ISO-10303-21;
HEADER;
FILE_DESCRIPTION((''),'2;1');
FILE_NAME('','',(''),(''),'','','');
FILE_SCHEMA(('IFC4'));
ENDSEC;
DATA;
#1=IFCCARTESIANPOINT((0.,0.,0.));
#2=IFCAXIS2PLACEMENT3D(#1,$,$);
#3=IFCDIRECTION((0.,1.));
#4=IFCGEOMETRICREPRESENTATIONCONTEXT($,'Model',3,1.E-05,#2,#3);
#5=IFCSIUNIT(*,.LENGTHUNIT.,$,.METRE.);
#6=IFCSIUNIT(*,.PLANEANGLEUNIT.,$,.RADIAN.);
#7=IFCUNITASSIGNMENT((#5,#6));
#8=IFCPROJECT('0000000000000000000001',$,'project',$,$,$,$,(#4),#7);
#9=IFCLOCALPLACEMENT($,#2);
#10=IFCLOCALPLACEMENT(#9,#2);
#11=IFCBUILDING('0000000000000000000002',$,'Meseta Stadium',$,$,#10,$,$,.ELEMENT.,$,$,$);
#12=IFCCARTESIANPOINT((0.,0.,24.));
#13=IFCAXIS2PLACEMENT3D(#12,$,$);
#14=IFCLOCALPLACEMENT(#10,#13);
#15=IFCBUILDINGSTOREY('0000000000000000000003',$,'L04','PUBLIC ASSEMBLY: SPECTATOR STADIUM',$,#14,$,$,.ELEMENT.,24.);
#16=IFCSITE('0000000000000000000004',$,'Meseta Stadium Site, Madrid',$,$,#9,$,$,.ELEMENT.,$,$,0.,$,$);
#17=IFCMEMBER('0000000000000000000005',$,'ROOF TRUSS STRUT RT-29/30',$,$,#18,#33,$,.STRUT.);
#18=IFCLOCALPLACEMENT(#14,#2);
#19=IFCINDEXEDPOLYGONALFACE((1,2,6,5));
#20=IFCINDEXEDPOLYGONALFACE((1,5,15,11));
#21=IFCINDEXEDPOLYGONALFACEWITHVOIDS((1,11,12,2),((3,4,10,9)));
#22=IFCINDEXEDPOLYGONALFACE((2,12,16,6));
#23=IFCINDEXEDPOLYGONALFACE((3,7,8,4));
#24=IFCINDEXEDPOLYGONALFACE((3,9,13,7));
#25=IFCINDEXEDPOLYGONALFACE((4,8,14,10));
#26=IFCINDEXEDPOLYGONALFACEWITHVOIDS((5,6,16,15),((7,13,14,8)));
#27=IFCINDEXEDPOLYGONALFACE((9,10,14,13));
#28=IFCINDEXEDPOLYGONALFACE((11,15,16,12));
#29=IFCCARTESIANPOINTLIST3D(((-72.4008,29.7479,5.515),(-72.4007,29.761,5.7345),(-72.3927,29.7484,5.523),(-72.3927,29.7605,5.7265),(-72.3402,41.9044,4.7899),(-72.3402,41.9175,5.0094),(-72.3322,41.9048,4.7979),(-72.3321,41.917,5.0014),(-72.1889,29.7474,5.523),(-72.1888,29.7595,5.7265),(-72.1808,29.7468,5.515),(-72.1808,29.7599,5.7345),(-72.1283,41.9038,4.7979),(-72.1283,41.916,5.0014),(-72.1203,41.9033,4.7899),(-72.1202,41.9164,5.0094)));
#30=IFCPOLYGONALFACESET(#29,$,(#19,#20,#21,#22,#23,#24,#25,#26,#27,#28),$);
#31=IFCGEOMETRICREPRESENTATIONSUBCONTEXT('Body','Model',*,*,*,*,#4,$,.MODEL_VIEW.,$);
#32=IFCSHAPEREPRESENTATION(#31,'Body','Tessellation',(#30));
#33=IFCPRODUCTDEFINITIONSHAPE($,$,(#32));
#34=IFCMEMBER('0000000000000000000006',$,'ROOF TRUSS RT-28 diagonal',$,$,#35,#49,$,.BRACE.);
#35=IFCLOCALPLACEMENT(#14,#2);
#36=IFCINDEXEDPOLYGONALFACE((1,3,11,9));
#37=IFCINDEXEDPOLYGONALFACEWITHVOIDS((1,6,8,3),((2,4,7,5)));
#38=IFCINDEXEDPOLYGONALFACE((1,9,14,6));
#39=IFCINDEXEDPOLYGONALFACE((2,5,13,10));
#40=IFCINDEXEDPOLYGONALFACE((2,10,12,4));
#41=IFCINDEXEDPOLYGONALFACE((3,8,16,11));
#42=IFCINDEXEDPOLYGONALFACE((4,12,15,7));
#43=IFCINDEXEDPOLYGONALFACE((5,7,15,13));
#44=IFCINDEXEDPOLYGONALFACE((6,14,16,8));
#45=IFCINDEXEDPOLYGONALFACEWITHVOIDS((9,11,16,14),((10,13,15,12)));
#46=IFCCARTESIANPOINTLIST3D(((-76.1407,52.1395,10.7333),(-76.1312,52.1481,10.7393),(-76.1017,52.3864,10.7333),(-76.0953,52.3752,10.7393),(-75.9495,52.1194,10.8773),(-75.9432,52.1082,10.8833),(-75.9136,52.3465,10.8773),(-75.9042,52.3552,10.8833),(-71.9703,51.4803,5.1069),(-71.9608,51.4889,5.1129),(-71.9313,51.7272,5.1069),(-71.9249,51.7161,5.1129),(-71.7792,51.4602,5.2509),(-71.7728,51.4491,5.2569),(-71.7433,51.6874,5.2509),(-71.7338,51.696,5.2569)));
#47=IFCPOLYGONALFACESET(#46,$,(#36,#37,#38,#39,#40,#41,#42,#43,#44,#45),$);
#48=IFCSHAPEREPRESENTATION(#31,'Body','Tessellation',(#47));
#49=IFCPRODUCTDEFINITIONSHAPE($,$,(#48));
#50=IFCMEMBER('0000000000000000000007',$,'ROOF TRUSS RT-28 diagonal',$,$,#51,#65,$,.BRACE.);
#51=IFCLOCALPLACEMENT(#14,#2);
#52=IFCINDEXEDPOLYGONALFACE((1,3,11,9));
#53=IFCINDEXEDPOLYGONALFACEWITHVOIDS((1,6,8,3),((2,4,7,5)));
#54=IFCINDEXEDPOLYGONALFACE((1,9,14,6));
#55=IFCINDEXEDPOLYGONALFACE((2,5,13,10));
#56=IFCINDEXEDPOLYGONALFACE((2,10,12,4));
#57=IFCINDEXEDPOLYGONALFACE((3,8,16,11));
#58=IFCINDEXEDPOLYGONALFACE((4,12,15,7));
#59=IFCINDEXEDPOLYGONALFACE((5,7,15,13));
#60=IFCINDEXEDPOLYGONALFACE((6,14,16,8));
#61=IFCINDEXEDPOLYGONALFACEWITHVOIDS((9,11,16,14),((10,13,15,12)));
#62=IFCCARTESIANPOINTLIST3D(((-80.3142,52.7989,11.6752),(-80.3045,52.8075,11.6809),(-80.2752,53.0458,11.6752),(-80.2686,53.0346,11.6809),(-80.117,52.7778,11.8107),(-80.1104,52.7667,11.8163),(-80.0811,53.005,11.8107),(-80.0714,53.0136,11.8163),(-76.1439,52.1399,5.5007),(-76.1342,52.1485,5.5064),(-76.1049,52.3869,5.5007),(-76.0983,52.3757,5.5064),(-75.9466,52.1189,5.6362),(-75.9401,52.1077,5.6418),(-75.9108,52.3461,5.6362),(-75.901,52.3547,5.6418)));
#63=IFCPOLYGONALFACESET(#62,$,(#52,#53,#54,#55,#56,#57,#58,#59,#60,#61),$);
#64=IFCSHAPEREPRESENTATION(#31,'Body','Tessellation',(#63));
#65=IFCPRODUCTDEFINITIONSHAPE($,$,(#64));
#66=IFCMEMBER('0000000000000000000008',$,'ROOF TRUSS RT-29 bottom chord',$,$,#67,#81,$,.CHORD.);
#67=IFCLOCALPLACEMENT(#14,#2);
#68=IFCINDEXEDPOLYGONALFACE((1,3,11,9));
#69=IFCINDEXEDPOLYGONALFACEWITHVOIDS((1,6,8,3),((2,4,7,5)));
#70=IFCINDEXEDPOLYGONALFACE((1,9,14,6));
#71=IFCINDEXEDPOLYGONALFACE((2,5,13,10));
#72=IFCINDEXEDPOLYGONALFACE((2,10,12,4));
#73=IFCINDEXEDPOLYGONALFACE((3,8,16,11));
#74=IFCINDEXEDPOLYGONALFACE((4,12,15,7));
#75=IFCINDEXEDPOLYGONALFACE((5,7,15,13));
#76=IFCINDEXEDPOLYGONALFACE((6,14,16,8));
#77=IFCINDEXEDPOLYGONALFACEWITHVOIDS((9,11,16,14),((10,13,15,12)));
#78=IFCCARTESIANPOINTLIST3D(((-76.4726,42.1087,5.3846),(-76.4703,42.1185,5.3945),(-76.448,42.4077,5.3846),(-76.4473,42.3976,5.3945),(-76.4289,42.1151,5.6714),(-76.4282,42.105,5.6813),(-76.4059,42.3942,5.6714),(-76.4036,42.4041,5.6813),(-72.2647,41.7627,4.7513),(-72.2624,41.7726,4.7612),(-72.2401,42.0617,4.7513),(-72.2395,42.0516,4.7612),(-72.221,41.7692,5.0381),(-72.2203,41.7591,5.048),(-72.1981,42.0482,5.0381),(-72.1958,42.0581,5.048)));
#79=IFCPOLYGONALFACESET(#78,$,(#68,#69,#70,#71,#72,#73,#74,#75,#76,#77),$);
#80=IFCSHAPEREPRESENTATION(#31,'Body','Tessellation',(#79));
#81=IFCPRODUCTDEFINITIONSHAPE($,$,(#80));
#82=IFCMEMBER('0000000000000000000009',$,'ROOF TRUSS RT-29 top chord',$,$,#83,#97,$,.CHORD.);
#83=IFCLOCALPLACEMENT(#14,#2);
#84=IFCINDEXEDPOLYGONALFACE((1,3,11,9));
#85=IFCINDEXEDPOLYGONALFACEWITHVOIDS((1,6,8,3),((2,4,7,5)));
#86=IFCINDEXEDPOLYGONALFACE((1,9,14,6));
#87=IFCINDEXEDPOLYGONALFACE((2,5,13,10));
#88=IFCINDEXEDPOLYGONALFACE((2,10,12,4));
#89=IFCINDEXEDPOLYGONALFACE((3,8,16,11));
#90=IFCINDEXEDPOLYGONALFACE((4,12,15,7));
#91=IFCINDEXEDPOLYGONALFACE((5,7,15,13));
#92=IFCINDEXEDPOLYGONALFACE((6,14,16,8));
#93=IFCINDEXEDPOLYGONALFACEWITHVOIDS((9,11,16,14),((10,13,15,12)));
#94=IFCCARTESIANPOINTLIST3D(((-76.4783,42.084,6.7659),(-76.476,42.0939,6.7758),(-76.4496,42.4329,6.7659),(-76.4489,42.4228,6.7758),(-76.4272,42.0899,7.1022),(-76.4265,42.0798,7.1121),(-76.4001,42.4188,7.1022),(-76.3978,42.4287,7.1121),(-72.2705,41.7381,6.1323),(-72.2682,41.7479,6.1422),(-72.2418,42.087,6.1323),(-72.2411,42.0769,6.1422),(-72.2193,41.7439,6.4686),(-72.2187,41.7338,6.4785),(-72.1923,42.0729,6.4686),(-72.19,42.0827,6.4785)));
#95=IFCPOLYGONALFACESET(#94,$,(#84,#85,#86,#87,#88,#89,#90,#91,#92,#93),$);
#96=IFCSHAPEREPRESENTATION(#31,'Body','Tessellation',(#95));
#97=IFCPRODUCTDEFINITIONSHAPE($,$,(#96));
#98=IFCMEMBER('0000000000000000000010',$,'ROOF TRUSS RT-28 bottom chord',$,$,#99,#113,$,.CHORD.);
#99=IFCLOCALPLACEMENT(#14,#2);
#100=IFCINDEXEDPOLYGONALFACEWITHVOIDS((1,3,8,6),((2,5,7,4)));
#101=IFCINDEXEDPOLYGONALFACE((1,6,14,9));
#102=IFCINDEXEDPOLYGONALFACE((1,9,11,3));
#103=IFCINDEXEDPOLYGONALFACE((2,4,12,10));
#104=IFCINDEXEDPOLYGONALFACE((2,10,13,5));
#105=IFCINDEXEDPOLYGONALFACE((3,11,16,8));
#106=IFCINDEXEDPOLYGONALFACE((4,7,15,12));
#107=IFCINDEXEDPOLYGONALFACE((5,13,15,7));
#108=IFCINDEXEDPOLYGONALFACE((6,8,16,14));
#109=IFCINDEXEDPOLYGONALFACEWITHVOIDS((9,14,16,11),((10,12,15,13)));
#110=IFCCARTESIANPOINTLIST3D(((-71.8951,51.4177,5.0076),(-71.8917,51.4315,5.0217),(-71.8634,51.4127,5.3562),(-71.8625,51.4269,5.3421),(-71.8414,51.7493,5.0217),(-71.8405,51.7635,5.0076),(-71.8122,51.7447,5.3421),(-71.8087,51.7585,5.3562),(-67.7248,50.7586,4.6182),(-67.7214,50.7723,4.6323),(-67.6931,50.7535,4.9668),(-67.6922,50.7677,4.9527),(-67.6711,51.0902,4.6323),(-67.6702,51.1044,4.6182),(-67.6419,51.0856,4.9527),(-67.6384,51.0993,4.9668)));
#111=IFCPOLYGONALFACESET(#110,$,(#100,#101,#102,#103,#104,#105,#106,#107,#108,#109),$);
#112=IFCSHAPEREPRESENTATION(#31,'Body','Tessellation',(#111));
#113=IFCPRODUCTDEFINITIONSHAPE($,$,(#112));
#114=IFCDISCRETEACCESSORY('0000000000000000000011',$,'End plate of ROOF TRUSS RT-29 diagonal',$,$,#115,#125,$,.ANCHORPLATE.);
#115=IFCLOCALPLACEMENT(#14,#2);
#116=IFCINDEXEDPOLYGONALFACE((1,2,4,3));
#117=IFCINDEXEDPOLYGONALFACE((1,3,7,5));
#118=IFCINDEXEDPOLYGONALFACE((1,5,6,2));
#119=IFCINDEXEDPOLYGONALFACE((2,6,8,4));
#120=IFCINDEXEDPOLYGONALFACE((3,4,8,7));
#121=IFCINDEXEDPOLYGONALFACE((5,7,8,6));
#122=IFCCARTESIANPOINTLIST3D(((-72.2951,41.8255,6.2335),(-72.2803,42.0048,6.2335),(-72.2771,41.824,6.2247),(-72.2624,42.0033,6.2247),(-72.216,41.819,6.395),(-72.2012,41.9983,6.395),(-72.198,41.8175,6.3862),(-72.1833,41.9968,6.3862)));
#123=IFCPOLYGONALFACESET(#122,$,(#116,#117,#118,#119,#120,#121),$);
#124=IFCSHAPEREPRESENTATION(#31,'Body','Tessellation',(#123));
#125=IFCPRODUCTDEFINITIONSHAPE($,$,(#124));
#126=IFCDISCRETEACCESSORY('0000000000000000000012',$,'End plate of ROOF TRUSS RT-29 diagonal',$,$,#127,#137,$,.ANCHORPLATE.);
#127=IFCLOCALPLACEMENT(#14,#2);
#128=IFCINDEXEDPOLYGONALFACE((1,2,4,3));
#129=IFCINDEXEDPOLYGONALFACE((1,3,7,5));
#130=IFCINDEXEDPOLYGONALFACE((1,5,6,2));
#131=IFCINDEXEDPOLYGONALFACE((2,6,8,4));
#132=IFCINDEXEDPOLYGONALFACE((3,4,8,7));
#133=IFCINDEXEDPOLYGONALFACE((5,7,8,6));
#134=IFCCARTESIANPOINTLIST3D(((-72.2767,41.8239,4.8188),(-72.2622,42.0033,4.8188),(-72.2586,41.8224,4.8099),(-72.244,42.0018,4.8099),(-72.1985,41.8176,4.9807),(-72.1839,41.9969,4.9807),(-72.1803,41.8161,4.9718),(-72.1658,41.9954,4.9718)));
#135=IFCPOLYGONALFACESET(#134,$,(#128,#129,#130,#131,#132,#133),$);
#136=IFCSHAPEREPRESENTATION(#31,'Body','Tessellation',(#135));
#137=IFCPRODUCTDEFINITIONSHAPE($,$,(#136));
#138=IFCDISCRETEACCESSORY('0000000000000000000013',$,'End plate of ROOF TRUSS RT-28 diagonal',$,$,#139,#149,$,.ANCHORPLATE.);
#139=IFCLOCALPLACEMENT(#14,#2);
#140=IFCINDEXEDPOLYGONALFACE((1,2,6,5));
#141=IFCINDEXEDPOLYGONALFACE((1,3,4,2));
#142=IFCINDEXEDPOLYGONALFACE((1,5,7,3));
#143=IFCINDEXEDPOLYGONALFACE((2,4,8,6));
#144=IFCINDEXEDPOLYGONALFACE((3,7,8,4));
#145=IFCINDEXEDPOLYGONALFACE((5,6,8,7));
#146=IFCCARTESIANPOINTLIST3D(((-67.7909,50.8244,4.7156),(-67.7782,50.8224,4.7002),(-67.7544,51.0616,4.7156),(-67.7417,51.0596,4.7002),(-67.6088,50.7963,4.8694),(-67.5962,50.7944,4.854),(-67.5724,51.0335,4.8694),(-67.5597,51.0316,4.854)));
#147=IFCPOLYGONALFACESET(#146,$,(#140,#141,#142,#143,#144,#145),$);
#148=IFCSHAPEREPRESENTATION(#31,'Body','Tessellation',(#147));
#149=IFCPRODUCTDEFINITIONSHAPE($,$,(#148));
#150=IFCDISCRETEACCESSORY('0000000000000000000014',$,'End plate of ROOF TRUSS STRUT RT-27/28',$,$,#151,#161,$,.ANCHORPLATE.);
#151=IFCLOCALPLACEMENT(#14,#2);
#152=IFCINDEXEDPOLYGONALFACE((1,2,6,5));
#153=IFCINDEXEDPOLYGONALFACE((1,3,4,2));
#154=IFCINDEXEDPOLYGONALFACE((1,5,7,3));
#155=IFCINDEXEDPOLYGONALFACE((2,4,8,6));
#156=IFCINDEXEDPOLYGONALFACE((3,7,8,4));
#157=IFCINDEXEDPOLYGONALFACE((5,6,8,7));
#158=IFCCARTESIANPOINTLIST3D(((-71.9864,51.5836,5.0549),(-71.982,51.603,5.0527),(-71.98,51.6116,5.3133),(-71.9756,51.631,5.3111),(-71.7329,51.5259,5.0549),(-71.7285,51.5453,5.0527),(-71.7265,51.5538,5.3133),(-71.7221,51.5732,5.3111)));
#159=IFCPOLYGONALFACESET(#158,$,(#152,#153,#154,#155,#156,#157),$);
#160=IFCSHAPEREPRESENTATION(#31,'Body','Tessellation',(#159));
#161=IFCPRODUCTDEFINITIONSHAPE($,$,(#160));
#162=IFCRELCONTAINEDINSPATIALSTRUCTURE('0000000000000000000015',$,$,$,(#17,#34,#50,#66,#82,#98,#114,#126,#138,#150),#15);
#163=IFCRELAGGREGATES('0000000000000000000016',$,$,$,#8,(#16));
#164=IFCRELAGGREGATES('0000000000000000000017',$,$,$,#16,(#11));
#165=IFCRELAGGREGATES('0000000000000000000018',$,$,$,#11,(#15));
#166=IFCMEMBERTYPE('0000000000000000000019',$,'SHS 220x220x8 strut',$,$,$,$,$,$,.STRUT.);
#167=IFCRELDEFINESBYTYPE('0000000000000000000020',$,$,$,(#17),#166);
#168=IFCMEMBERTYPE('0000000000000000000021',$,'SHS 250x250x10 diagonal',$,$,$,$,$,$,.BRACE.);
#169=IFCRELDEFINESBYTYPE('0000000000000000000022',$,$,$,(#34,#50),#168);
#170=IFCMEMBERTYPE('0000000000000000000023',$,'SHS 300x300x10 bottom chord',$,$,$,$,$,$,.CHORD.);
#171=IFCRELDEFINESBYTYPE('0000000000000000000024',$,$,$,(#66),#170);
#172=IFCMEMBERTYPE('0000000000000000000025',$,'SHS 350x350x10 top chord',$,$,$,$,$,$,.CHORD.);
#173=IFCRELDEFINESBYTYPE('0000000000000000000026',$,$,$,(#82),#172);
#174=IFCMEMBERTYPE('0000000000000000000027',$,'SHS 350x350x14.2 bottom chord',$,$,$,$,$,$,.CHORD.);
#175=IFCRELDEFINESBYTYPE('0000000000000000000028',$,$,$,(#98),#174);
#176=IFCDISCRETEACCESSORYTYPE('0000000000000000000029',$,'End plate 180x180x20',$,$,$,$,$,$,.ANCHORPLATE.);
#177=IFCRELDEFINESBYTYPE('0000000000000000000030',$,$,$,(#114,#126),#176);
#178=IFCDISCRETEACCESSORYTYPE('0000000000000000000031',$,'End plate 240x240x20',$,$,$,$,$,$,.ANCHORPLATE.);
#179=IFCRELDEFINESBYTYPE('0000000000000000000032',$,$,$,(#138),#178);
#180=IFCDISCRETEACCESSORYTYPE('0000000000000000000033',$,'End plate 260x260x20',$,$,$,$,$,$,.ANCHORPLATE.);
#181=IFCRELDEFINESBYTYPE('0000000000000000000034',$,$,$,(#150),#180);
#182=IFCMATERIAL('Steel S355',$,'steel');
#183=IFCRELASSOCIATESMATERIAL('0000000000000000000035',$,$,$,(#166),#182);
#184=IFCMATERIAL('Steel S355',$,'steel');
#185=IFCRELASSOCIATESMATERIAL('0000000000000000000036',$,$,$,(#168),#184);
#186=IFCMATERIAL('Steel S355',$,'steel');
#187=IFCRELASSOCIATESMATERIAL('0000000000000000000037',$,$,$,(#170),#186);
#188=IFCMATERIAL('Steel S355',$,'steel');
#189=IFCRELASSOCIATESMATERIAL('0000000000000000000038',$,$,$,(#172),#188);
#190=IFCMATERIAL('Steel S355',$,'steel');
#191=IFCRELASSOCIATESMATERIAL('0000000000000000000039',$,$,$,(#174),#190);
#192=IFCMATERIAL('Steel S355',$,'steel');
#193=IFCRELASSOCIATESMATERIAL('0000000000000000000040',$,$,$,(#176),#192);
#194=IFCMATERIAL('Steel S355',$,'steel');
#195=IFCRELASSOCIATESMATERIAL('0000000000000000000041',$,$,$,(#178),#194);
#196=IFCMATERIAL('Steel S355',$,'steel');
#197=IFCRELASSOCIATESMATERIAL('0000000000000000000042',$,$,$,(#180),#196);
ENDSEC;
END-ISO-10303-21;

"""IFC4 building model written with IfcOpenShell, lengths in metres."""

from ifc_helpers import new_model, si_unit, direction, frame, origin, origin_2d, place, context, subcontext, project, spatial, rectangle, hollow_rectangle, extrude, material, material_profile, profile_set, type_object, element, save


model = new_model("IFC4")

# Units and contexts
model_context = context("Model", 3, precision=1e-05, world=origin(), true_north=direction((0.0, 1.0)))
body_context = subcontext(model_context, "Body", "Model", "MODEL_VIEW")
ifc_project = project(units=[si_unit("LENGTHUNIT", "METRE"), si_unit("PLANEANGLEUNIT", "RADIAN")], contexts=[model_context])

# Site, building, storey
site_placement = place(None, origin())
site = spatial("IfcSite", under=ifc_project, at=site_placement, Name="Meseta Stadium Site, Madrid", CompositionType="ELEMENT", RefElevation=0.0)
building_placement = place(site_placement, origin())
building = spatial("IfcBuilding", under=site, at=building_placement, Name="Meseta Stadium", CompositionType="ELEMENT")
storey_placement = place(building_placement, frame((0.0, 0.0, 24.0)))
storey = spatial("IfcBuildingStorey", under=building, at=storey_placement, Name="L04", Description="PUBLIC ASSEMBLY: SPECTATOR STADIUM", CompositionType="ELEMENT", Elevation=24.0)

# Members
ifc_material_1 = material(Name="Steel S355", Category="steel")
ifc_material_profile_1 = material_profile(ifc_material_1, hollow_rectangle(XDim=0.22, YDim=0.22, WallThickness=0.0081, at=origin_2d()), Name="SHS 220x220x8")
ifc_profile_set_1 = profile_set([ifc_material_profile_1], Name="Steel S355")
member_type_1 = type_object("IfcMemberType", Name="SHS 220x220x8 strut", PredefinedType="STRUT", material=ifc_profile_set_1)
member_1_placement = place(storey_placement, frame((-72.2302, 41.9104, 4.8997), z_axis=(-0.004972, -0.998214, 0.05954), x_axis=(0.999988, -0.004981, 0.0)))
element("IfcMember", 1, at=member_1_placement, inside=storey, type_object=member_type_1, Name="ROOF TRUSS STRUT RT-29/30", PredefinedType="STRUT", context=body_context, shape_type="SweptSolid", body=[
    extrude(hollow_rectangle(XDim=0.22, YDim=0.22, WallThickness=0.0081, at=origin_2d()), origin(), (0.0, 0.0, 1.0), 12.1782),
])
ifc_material_2 = material(Name="Steel S355", Category="steel")
ifc_material_profile_2 = material_profile(ifc_material_2, hollow_rectangle(XDim=0.25, YDim=0.25, WallThickness=0.01, at=origin_2d()), Name="SHS 250x250x10")
ifc_profile_set_2 = profile_set([ifc_material_profile_2], Name="Steel S355")
member_type_2 = type_object("IfcMemberType", Name="SHS 250x250x10 diagonal", PredefinedType="BRACE", material=ifc_profile_set_2)
member_2_placement = place(storey_placement, frame((-71.8521, 51.5881, 5.1819), z_axis=(-0.592852, 0.093707, 0.799841), x_axis=(-0.156123, -0.987738, 0.0)))
element("IfcMember", 2, at=member_2_placement, inside=storey, type_object=member_type_2, Name="ROOF TRUSS RT-28 diagonal", PredefinedType="BRACE", context=body_context, shape_type="SweptSolid", body=[
    extrude(hollow_rectangle(XDim=0.25, YDim=0.25, WallThickness=0.01, at=origin_2d()), origin(), (0.0, 0.0, 1.0), 7.0344),
])
member_3_placement = place(storey_placement, frame((-76.0225, 52.2473, 5.5713), z_axis=(-0.557535, 0.088092, 0.825466), x_axis=(-0.156066, -0.987747, 0.0)))
element("IfcMember", 3, at=member_3_placement, inside=storey, type_object=member_type_2, Name="ROOF TRUSS RT-28 diagonal", PredefinedType="BRACE", context=body_context, shape_type="SweptSolid", body=[
    extrude(hollow_rectangle(XDim=0.25, YDim=0.25, WallThickness=0.01, at=origin_2d()), origin(), (0.0, 0.0, 1.0), 7.48),
])
ifc_material_3 = material(Name="Steel S355", Category="steel")
ifc_material_profile_3 = material_profile(ifc_material_3, hollow_rectangle(XDim=0.3, YDim=0.3, WallThickness=0.01, at=origin_2d()), Name="SHS 300x300x10")
ifc_profile_set_3 = profile_set([ifc_material_profile_3], Name="Steel S355")
member_type_3 = type_object("IfcMemberType", Name="SHS 300x300x10 bottom chord", PredefinedType="CHORD", material=ifc_profile_set_3)
member_4_placement = place(storey_placement, frame((-72.2302, 41.9104, 4.8997), z_axis=(-0.985611, 0.081033, 0.148342), x_axis=(-0.08194, -0.996637, 0.0)))
element("IfcMember", 4, at=member_4_placement, inside=storey, type_object=member_type_3, Name="ROOF TRUSS RT-29 bottom chord", PredefinedType="CHORD", context=body_context, shape_type="SweptSolid", body=[
    extrude(hollow_rectangle(XDim=0.3, YDim=0.3, WallThickness=0.01, at=origin_2d()), origin(), (0.0, 0.0, 1.0), 4.2693),
])
ifc_material_4 = material(Name="Steel S355", Category="steel")
ifc_material_profile_4 = material_profile(ifc_material_4, hollow_rectangle(XDim=0.3501, YDim=0.3501, WallThickness=0.01, at=origin_2d()), Name="SHS 350x350x10")
ifc_profile_set_4 = profile_set([ifc_material_profile_4], Name="Steel S355")
member_type_4 = type_object("IfcMemberType", Name="SHS 350x350x10 top chord", PredefinedType="CHORD", material=ifc_profile_set_4)
member_5_placement = place(storey_placement, frame((-72.2302, 41.9104, 6.3054), z_axis=(-0.985602, 0.081033, 0.148398), x_axis=(-0.08194, -0.996637, 0.0)))
element("IfcMember", 5, at=member_5_placement, inside=storey, type_object=member_type_4, Name="ROOF TRUSS RT-29 top chord", PredefinedType="CHORD", context=body_context, shape_type="SweptSolid", body=[
    extrude(hollow_rectangle(XDim=0.3501, YDim=0.3501, WallThickness=0.01, at=origin_2d()), origin(), (0.0, 0.0, 1.0), 4.2693),
])
ifc_material_5 = material(Name="Steel S355", Category="steel")
ifc_material_profile_5 = material_profile(ifc_material_5, hollow_rectangle(XDim=0.3501, YDim=0.3501, WallThickness=0.0142, at=origin_2d()), Name="SHS 350x350x14.2")
ifc_profile_set_5 = profile_set([ifc_material_profile_5], Name="Steel S355")
member_type_5 = type_object("IfcMemberType", Name="SHS 350x350x14.2 bottom chord", PredefinedType="CHORD", material=ifc_profile_set_5)
member_6_placement = place(storey_placement, frame((-67.6816, 50.929, 4.7925), z_axis=(-0.983563, 0.155463, 0.091838), x_axis=(-0.156123, -0.987738, 0.0)))
element("IfcMember", 6, at=member_6_placement, inside=storey, type_object=member_type_5, Name="ROOF TRUSS RT-28 bottom chord", PredefinedType="CHORD", context=body_context, shape_type="SweptSolid", body=[
    extrude(hollow_rectangle(XDim=0.3501, YDim=0.3501, WallThickness=0.0142, at=origin_2d()), origin(), (0.0, 0.0, 1.0), 4.24),
])

# Discrete accessories
ifc_material_6 = material(Name="Steel S355", Category="steel")
ifc_material_profile_6 = material_profile(ifc_material_6, rectangle(XDim=0.1799, YDim=0.1799, at=origin_2d()), Name="PL 180x180")
ifc_profile_set_6 = profile_set([ifc_material_profile_6], Name="Steel S355")
discrete_accessory_type_1 = type_object("IfcDiscreteAccessoryType", Name="End plate 180x180x20", PredefinedType="ANCHORPLATE", material=ifc_profile_set_6)
discrete_accessory_1_placement = place(storey_placement, frame((-72.2302, 41.9104, 6.3054), z_axis=(-0.894444, 0.073516, 0.441096), x_axis=(-0.081916, -0.996639, 0.0)))
element("IfcDiscreteAccessory", 7, at=discrete_accessory_1_placement, inside=storey, type_object=discrete_accessory_type_1, Name="End plate of ROOF TRUSS RT-29 diagonal", PredefinedType="ANCHORPLATE", context=body_context, shape_type="SweptSolid", body=[
    extrude(rectangle(XDim=0.1799, YDim=0.1799, at=origin_2d()), origin(), (0.0, 0.0, 1.0), 0.02),
])
discrete_accessory_2_placement = place(storey_placement, frame((-72.2122, 41.9089, 4.8909), z_axis=(-0.896854, 0.072718, 0.436308), x_axis=(-0.080816, -0.996729, 0.0)))
element("IfcDiscreteAccessory", 8, at=discrete_accessory_2_placement, inside=storey, type_object=discrete_accessory_type_1, Name="End plate of ROOF TRUSS RT-29 diagonal", PredefinedType="ANCHORPLATE", context=body_context, shape_type="SweptSolid", body=[
    extrude(rectangle(XDim=0.1799, YDim=0.1799, at=origin_2d()), origin(), (0.0, 0.0, 1.0), 0.0203),
])
ifc_material_7 = material(Name="Steel S355", Category="steel")
ifc_material_profile_7 = material_profile(ifc_material_7, rectangle(XDim=0.24, YDim=0.24, at=origin_2d()), Name="PL 240x240")
ifc_profile_set_7 = profile_set([ifc_material_profile_7], Name="Steel S355")
discrete_accessory_type_2 = type_object("IfcDiscreteAccessoryType", Name="End plate 240x240x20", PredefinedType="ANCHORPLATE", material=ifc_profile_set_7)
discrete_accessory_3_placement = place(storey_placement, frame((-67.6689, 50.927, 4.7771), z_axis=(-0.633534, 0.097467, 0.767551), x_axis=(-0.152057, -0.988372, 0.0)))
element("IfcDiscreteAccessory", 9, at=discrete_accessory_3_placement, inside=storey, type_object=discrete_accessory_type_2, Name="End plate of ROOF TRUSS RT-28 diagonal", PredefinedType="ANCHORPLATE", context=body_context, shape_type="SweptSolid", body=[
    extrude(rectangle(XDim=0.24, YDim=0.24, at=origin_2d()), origin(), (0.0, 0.0, 1.0), 0.02),
])
ifc_material_8 = material(Name="Steel S355", Category="steel")
ifc_material_profile_8 = material_profile(ifc_material_8, rectangle(XDim=0.26, YDim=0.26, at=origin_2d()), Name="PL 260x260")
ifc_profile_set_8 = profile_set([ifc_material_profile_8], Name="Steel S355")
discrete_accessory_type_3 = type_object("IfcDiscreteAccessoryType", Name="End plate 260x260x20", PredefinedType="ANCHORPLATE", material=ifc_profile_set_8)
for number, where, z_axis, x_axis, name in (
    (10, (-71.8521, 51.5881, 5.1819), (-0.220797, -0.969052, 0.110398), (0.975011, -0.222155, 0.0), "End plate of ROOF TRUSS STRUT RT-27/28"),
):
    element("IfcDiscreteAccessory", number, at=place(storey_placement, frame(where, z_axis=z_axis, x_axis=x_axis)), inside=storey, type_object=discrete_accessory_type_3, Name=name, PredefinedType="ANCHORPLATE", context=body_context, shape_type="SweptSolid", body=[
        extrude(rectangle(XDim=0.26, YDim=0.26, at=origin_2d()), origin(), (0.0, 0.0, 1.0), 0.02),
    ])

save(model, "model.ifc")
